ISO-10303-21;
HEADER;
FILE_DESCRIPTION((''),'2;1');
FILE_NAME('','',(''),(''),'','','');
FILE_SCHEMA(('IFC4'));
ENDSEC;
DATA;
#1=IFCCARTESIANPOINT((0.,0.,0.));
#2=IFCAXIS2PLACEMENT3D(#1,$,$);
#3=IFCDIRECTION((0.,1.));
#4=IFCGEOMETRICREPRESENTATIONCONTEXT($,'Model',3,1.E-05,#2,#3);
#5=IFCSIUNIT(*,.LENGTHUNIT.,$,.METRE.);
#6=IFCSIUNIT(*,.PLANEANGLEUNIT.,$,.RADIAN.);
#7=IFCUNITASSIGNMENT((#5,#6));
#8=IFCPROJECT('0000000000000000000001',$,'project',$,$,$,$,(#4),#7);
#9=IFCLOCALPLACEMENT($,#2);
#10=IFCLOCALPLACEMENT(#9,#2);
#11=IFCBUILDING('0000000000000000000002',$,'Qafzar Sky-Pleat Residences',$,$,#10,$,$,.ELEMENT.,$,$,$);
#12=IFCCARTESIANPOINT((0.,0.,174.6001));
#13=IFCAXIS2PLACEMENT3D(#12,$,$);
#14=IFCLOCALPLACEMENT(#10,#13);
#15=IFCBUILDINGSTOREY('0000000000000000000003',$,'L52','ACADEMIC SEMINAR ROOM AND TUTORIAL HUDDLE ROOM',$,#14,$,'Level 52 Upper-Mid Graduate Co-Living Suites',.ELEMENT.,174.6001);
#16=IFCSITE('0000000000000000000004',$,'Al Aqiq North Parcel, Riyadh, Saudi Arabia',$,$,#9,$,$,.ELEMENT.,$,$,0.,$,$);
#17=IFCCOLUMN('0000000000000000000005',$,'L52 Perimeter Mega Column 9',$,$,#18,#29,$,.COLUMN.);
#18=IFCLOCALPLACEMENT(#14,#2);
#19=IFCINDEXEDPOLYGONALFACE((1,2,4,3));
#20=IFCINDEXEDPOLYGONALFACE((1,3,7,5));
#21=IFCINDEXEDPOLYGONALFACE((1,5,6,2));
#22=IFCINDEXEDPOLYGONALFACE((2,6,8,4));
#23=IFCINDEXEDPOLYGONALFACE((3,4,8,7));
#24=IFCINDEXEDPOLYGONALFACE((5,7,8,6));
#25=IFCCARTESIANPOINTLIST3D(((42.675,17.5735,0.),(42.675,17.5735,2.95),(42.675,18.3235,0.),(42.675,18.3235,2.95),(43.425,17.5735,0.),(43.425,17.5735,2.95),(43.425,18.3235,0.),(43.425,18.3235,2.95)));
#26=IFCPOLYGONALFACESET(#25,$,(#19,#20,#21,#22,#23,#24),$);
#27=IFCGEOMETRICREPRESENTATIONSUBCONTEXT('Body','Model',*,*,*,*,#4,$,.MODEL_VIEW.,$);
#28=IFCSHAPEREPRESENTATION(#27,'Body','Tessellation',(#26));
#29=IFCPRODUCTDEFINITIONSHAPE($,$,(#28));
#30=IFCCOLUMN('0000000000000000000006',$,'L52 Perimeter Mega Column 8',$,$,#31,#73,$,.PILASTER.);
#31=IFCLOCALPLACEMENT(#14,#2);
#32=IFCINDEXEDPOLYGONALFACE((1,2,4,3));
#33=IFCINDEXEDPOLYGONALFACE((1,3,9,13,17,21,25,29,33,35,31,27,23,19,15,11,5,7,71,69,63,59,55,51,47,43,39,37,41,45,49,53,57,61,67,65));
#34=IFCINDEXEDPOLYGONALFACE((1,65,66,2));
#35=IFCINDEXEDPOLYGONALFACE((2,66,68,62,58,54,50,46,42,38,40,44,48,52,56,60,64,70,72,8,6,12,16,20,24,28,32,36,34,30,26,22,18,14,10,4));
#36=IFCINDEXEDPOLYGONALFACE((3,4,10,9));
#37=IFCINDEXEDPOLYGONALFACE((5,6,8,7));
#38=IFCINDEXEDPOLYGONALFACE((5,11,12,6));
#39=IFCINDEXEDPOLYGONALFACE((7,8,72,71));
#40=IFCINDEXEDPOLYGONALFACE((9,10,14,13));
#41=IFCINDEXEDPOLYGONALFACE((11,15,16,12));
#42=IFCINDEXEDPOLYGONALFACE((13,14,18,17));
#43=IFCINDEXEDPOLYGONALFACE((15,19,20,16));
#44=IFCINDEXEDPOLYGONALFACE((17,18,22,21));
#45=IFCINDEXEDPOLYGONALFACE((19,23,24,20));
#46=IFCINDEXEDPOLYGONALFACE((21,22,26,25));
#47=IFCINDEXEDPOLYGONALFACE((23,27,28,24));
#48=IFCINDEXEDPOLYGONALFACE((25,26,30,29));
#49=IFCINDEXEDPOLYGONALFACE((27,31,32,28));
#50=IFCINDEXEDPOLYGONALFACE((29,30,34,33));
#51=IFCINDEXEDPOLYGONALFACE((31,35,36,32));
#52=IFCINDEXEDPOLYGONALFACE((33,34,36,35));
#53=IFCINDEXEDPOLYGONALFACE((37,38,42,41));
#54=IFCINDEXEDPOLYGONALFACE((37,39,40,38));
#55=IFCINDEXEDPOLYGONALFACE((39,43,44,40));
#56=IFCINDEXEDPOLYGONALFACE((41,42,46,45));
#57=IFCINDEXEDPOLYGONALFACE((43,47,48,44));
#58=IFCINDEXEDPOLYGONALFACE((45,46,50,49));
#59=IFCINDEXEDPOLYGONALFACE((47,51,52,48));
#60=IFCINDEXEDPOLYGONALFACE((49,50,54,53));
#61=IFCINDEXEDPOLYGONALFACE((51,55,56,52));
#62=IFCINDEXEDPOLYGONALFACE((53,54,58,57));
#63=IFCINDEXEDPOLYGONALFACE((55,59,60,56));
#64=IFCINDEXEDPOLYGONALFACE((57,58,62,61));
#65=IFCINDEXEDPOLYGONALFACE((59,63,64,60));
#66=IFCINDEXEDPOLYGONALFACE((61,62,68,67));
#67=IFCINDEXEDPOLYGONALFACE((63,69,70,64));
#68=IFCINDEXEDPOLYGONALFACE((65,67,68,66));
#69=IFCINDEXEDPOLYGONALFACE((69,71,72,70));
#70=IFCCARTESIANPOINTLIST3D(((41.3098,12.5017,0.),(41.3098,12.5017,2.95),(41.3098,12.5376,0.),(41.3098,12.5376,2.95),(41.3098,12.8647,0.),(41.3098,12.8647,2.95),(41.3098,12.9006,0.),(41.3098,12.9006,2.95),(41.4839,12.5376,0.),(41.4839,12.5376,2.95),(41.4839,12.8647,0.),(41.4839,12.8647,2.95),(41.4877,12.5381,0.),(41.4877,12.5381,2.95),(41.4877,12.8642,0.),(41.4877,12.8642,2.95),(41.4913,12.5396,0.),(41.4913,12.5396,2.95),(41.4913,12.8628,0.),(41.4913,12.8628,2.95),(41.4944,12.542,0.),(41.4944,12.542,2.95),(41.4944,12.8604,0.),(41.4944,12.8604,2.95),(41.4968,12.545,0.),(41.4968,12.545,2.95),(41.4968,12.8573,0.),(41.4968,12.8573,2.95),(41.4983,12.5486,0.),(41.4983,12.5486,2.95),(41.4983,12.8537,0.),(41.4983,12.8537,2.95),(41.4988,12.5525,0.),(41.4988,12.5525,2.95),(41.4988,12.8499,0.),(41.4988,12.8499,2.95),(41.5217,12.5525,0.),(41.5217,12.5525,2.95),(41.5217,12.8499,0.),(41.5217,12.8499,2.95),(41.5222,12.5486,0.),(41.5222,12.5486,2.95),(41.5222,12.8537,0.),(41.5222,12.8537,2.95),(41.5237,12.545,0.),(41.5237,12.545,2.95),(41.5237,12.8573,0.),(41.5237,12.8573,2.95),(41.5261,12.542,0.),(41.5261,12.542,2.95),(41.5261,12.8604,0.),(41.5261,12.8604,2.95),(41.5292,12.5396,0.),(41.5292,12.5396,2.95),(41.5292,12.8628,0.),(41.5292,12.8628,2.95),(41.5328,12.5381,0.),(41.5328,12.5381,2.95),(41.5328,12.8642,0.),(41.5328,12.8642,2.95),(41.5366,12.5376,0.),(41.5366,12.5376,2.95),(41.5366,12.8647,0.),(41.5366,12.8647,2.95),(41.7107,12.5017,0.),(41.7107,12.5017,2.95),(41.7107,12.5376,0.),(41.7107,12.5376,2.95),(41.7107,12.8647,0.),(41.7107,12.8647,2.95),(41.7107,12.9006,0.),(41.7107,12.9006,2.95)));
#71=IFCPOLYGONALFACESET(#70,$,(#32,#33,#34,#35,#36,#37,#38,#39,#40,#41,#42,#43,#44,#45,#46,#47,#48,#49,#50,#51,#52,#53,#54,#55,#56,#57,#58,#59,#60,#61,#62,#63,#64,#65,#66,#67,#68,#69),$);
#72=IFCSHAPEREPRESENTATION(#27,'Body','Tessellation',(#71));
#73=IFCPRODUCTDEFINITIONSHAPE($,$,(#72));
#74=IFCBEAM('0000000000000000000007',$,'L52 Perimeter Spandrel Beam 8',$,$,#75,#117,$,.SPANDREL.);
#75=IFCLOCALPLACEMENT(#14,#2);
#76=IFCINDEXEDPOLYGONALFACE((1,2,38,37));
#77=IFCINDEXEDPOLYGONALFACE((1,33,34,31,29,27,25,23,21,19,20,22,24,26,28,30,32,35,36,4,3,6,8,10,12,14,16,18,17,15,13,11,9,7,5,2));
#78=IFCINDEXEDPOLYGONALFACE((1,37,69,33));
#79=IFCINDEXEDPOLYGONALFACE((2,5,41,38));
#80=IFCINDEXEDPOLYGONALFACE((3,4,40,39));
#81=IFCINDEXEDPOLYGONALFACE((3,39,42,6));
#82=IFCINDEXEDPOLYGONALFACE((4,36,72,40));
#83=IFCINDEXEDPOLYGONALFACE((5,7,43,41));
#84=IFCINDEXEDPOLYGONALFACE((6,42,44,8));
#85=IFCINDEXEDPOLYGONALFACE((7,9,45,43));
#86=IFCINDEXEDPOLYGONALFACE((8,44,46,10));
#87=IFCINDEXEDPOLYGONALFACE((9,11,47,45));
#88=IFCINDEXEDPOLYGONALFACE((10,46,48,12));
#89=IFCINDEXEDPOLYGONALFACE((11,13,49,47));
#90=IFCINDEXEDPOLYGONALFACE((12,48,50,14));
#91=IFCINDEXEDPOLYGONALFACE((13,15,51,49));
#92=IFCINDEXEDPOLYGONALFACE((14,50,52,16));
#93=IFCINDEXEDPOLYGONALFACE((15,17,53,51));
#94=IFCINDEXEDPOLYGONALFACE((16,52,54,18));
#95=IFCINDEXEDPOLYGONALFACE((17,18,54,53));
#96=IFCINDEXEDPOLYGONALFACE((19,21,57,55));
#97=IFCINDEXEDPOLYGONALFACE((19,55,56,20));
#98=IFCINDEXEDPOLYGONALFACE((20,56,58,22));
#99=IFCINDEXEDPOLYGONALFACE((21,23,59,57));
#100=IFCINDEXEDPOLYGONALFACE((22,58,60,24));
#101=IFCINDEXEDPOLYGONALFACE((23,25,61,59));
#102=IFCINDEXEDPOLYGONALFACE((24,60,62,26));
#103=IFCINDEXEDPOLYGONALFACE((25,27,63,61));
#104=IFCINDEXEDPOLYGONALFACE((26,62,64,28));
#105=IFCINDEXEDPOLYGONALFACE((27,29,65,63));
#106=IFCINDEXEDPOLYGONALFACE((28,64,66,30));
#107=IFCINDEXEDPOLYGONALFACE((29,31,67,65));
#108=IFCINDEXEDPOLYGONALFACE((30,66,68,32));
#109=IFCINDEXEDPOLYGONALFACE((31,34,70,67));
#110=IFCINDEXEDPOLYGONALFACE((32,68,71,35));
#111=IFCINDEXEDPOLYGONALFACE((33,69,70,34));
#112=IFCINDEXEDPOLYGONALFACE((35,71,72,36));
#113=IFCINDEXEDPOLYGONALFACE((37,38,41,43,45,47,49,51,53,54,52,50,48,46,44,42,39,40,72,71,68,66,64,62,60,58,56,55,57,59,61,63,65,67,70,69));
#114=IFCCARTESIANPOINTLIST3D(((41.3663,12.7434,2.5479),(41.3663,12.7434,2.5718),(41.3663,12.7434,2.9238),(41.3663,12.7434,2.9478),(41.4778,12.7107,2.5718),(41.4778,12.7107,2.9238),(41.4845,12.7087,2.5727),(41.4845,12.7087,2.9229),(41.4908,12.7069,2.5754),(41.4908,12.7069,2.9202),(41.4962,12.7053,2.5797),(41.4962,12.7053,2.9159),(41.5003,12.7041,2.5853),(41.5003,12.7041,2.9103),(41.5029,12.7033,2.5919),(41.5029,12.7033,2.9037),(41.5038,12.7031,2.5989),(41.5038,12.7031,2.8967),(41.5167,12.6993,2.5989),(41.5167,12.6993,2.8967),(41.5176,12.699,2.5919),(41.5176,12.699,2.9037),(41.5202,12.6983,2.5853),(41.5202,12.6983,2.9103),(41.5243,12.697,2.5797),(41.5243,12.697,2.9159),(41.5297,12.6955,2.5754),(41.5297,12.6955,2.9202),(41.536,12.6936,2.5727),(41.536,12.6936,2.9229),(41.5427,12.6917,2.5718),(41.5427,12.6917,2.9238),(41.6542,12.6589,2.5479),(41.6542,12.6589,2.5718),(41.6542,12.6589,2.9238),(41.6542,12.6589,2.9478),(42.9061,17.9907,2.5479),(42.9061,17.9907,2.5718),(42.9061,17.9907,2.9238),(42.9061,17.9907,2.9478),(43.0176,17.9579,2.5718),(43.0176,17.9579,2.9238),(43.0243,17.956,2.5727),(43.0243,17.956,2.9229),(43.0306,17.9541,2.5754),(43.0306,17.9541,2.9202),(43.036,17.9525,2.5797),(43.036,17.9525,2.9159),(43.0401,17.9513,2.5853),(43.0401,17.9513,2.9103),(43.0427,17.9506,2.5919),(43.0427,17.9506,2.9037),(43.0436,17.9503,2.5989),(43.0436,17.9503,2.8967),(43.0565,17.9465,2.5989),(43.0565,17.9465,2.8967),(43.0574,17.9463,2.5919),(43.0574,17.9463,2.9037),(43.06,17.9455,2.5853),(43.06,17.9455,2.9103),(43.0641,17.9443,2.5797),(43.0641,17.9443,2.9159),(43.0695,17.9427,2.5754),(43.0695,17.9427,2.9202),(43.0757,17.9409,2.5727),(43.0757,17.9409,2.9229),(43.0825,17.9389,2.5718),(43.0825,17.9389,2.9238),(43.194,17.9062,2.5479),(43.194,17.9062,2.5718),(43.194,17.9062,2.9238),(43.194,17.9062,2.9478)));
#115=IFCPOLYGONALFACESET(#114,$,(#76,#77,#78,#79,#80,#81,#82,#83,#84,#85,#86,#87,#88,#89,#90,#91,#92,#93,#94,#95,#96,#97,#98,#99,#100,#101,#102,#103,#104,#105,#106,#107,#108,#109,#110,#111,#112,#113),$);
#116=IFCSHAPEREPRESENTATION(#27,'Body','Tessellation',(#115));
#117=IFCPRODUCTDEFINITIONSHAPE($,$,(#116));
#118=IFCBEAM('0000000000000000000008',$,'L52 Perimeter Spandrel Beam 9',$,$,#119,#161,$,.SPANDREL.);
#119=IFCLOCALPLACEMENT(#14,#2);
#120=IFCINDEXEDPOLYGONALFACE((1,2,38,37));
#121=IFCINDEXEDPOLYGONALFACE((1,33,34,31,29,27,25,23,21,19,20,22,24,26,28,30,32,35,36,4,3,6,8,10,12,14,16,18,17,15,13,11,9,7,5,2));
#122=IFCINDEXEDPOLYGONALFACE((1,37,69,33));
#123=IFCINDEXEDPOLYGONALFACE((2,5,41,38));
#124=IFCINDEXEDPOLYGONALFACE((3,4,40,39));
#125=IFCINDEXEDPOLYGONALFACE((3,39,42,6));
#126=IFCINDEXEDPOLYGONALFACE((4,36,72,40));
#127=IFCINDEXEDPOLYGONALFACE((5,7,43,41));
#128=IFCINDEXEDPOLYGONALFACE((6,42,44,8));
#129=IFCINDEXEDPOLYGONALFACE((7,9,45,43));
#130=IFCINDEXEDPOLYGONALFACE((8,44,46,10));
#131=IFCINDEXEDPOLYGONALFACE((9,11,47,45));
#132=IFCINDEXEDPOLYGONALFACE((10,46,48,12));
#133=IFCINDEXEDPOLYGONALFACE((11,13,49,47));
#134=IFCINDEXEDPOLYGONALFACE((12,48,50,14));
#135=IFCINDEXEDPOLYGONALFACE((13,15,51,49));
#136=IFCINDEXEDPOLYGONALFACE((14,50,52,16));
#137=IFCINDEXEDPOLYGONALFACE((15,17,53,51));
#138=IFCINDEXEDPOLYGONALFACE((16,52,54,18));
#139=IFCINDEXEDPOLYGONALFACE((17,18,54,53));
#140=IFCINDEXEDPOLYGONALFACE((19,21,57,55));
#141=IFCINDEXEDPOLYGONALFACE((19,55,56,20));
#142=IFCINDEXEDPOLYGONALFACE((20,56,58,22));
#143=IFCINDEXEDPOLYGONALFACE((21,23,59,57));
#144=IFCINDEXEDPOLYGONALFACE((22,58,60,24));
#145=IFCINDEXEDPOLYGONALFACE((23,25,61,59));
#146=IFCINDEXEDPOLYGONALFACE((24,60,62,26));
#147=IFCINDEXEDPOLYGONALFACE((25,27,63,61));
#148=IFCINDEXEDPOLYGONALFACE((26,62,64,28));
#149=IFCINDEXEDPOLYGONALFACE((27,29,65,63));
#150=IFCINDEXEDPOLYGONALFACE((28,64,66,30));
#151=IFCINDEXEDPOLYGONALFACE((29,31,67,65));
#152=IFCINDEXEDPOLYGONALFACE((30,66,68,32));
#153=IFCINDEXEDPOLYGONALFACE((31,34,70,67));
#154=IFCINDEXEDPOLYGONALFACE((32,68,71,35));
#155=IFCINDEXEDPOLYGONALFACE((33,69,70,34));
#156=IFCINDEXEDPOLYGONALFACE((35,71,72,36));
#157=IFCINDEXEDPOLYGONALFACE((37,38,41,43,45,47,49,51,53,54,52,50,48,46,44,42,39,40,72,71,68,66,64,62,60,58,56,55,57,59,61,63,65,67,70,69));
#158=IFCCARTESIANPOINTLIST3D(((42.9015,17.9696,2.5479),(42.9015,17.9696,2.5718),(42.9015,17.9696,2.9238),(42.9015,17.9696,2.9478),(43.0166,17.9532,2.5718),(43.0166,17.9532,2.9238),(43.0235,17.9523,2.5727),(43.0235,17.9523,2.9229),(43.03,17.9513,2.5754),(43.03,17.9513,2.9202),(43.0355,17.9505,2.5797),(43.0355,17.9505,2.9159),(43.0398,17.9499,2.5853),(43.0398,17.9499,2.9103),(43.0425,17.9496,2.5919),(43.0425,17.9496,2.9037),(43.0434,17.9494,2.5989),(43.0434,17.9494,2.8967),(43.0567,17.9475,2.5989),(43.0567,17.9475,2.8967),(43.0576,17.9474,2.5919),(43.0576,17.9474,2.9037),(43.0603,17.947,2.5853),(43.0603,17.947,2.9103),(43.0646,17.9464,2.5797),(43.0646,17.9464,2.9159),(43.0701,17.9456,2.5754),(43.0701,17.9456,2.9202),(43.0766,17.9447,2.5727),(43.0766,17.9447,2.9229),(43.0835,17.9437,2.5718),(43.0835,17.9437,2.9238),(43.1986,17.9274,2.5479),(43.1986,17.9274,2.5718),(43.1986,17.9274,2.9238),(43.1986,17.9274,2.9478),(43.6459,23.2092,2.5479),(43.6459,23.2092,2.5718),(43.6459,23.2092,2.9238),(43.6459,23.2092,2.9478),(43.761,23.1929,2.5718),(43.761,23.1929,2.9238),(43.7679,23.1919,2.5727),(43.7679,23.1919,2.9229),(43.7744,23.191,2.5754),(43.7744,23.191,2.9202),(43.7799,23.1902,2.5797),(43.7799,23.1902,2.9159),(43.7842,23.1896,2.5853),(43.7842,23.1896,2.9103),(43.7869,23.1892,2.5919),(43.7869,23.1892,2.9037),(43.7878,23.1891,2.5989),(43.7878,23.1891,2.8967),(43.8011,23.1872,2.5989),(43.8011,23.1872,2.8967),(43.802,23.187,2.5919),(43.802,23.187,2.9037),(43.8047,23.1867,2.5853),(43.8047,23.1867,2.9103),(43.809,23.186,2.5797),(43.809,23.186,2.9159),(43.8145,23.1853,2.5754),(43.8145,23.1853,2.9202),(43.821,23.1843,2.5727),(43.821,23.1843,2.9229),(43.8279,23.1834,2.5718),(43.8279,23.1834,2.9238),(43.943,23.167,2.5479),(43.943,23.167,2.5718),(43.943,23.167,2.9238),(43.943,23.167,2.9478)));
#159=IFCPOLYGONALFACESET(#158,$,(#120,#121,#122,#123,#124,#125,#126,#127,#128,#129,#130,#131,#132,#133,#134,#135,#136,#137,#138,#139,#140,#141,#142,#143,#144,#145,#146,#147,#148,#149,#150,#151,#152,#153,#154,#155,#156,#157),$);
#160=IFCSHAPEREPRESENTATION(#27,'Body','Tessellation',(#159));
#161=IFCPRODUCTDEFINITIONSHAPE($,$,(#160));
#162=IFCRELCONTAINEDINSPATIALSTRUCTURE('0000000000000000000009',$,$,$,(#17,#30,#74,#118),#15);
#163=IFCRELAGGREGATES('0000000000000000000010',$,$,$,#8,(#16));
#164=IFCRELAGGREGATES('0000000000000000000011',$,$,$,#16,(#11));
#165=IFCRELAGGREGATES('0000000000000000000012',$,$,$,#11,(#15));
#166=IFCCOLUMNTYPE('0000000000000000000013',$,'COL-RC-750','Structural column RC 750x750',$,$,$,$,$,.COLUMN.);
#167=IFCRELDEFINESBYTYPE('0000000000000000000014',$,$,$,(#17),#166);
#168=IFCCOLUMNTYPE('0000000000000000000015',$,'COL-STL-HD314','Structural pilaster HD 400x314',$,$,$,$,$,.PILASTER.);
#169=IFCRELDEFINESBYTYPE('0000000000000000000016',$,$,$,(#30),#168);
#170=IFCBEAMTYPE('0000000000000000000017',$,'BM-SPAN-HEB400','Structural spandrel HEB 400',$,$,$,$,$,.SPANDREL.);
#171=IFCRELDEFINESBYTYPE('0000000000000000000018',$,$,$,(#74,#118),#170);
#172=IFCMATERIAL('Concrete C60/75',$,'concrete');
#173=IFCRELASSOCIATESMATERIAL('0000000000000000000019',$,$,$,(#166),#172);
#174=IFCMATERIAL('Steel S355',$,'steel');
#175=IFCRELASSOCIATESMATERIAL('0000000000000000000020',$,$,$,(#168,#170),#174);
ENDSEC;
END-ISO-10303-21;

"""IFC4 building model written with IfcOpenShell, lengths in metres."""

from ifc_helpers import new_model, si_unit, direction, frame, origin, origin_2d, place, context, subcontext, project, spatial, rectangle, i_section, extrude, source, transform, mapped, material, material_profile, profile_set, type_object, element, save


model = new_model("IFC4")

# Units and contexts
model_context = context("Model", 3, precision=1e-05, world=origin(), true_north=direction((0.0, 1.0)))
body_context = subcontext(model_context, "Body", "Model", "MODEL_VIEW")
ifc_project = project(units=[si_unit("LENGTHUNIT", "METRE"), si_unit("PLANEANGLEUNIT", "RADIAN")], contexts=[model_context])

# Site, building, storey
site_placement = place(None, origin())
site = spatial("IfcSite", under=ifc_project, at=site_placement, Name="Al Aqiq North Parcel, Riyadh, Saudi Arabia", CompositionType="ELEMENT", RefElevation=0.0)
building_placement = place(site_placement, origin())
building = spatial("IfcBuilding", under=site, at=building_placement, Name="Qafzar Sky-Pleat Residences", CompositionType="ELEMENT")
storey_placement = place(building_placement, frame((0.0, 0.0, 174.6001)))
storey = spatial("IfcBuildingStorey", under=building, at=storey_placement, Name="L52", Description="ACADEMIC SEMINAR ROOM AND TUTORIAL HUDDLE ROOM", LongName="Level 52 Upper-Mid Graduate Co-Living Suites", CompositionType="ELEMENT", Elevation=174.6001)

# Columns
ifc_material_1 = material(Name="Concrete C60/75", Category="concrete")
ifc_material_profile_1 = material_profile(ifc_material_1, rectangle(XDim=0.75, YDim=0.75, at=origin_2d()), Name="RC 750x750")
ifc_profile_set_1 = profile_set([ifc_material_profile_1], Name="Concrete C60/75")
column_type_1 = type_object("IfcColumnType", Name="COL-RC-750", Description="Structural column RC 750x750", PredefinedType="COLUMN", material=ifc_profile_set_1)
shared_shape_1 = source(origin(), body_context, "Body", "SweptSolid", [
    extrude(rectangle(XDim=0.75, YDim=0.75, at=origin_2d()), origin(), (0.0, 0.0, 1.0), 2.95),
])
column_1_placement = place(storey_placement, frame((43.05, 17.9485, 0.0), z_axis=(0.0, 0.0, 1.0), x_axis=(1.0, 0.0, 0.0)))
element("IfcColumn", 1, at=column_1_placement, inside=storey, type_object=column_type_1, Name="L52 Perimeter Mega Column 9", PredefinedType="COLUMN", context=body_context, shape_type="MappedRepresentation", body=[
    mapped(shared_shape_1, transform((0.0, 0.0, 0.0), x_axis=(1.0, 0.0, 0.0), y_axis=(0.0, 1.0, 0.0), z_axis=(0.0, 0.0, 1.0), scale=1.0)),
])
ifc_material_2 = material(Name="Steel S355", Category="steel")
ifc_material_profile_2 = material_profile(ifc_material_2, i_section(OverallWidth=0.4009, OverallDepth=0.3989, WebThickness=0.0229, FlangeThickness=0.0359, FilletRadius=0.0149, at=origin_2d()), Name="HD 400x314")
ifc_profile_set_2 = profile_set([ifc_material_profile_2], Name="Steel S355")
column_type_2 = type_object("IfcColumnType", Name="COL-STL-HD314", Description="Structural pilaster HD 400x314", PredefinedType="PILASTER", material=ifc_profile_set_2)
shared_shape_2 = source(origin(), body_context, "Body", "SweptSolid", [
    extrude(i_section(OverallWidth=0.4009, OverallDepth=0.3989, WebThickness=0.0229, FlangeThickness=0.0359, FilletRadius=0.0149, at=origin_2d()), origin(), (0.0, 0.0, 1.0), 2.95),
])
column_2_placement = place(storey_placement, frame((41.5103, 12.7012, 0.0), z_axis=(0.0, 0.0, 1.0), x_axis=(1.0, 0.0, 0.0)))
element("IfcColumn", 2, at=column_2_placement, inside=storey, type_object=column_type_2, Name="L52 Perimeter Mega Column 8", PredefinedType="PILASTER", context=body_context, shape_type="MappedRepresentation", body=[
    mapped(shared_shape_2, transform((0.0, 0.0, 0.0), x_axis=(1.0, 0.0, 0.0), y_axis=(0.0, 1.0, 0.0), z_axis=(0.0, 0.0, 1.0), scale=1.0)),
])

# Beams
ifc_material_profile_3 = material_profile(ifc_material_2, i_section(OverallWidth=0.3, OverallDepth=0.3999, WebThickness=0.0134, FlangeThickness=0.0239, FilletRadius=0.0271, at=origin_2d()), Name="HEB 400")
ifc_profile_set_3 = profile_set([ifc_material_profile_3], Name="Steel S355")
beam_type = type_object("IfcBeamType", Name="BM-SPAN-HEB400", Description="Structural spandrel HEB 400", PredefinedType="SPANDREL", material=ifc_profile_set_3)
shared_shape_3 = source(origin(), body_context, "Body", "SweptSolid", [
    extrude(i_section(OverallWidth=0.3, OverallDepth=0.3999, WebThickness=0.0134, FlangeThickness=0.0239, FilletRadius=0.0271, at=origin_2d()), origin(), (0.0, 0.0, 1.0), 5.4685),
])
beam_1_placement = place(storey_placement, frame((41.5103, 12.7012, 2.7478), z_axis=(0.281572, 0.95954, 0.0), x_axis=(-0.95954, 0.281572, 0.0)))
element("IfcBeam", 3, at=beam_1_placement, inside=storey, type_object=beam_type, Name="L52 Perimeter Spandrel Beam 8", PredefinedType="SPANDREL", context=body_context, shape_type="MappedRepresentation", body=[
    mapped(shared_shape_3, transform((0.0, 0.0, 0.0), x_axis=(1.0, 0.0, 0.0), y_axis=(0.0, 1.0, 0.0), z_axis=(0.0, 0.0, 1.0), scale=1.0)),
])
shared_shape_4 = source(origin(), body_context, "Body", "SweptSolid", [
    extrude(i_section(OverallWidth=0.3, OverallDepth=0.3999, WebThickness=0.0134, FlangeThickness=0.0239, FilletRadius=0.0271, at=origin_2d()), origin(), (0.0, 0.0, 1.0), 5.2922),
])
beam_2_placement = place(storey_placement, frame((43.05, 17.9485, 2.7478), z_axis=(0.140659, 0.990058, 0.0), x_axis=(-0.990058, 0.140659, 0.0)))
element("IfcBeam", 4, at=beam_2_placement, inside=storey, type_object=beam_type, Name="L52 Perimeter Spandrel Beam 9", PredefinedType="SPANDREL", context=body_context, shape_type="MappedRepresentation", body=[
    mapped(shared_shape_4, transform((0.0, 0.0, 0.0), x_axis=(1.0, 0.0, 0.0), y_axis=(0.0, 1.0, 0.0), z_axis=(0.0, 0.0, 1.0), scale=1.0)),
])

save(model, "model.ifc")
